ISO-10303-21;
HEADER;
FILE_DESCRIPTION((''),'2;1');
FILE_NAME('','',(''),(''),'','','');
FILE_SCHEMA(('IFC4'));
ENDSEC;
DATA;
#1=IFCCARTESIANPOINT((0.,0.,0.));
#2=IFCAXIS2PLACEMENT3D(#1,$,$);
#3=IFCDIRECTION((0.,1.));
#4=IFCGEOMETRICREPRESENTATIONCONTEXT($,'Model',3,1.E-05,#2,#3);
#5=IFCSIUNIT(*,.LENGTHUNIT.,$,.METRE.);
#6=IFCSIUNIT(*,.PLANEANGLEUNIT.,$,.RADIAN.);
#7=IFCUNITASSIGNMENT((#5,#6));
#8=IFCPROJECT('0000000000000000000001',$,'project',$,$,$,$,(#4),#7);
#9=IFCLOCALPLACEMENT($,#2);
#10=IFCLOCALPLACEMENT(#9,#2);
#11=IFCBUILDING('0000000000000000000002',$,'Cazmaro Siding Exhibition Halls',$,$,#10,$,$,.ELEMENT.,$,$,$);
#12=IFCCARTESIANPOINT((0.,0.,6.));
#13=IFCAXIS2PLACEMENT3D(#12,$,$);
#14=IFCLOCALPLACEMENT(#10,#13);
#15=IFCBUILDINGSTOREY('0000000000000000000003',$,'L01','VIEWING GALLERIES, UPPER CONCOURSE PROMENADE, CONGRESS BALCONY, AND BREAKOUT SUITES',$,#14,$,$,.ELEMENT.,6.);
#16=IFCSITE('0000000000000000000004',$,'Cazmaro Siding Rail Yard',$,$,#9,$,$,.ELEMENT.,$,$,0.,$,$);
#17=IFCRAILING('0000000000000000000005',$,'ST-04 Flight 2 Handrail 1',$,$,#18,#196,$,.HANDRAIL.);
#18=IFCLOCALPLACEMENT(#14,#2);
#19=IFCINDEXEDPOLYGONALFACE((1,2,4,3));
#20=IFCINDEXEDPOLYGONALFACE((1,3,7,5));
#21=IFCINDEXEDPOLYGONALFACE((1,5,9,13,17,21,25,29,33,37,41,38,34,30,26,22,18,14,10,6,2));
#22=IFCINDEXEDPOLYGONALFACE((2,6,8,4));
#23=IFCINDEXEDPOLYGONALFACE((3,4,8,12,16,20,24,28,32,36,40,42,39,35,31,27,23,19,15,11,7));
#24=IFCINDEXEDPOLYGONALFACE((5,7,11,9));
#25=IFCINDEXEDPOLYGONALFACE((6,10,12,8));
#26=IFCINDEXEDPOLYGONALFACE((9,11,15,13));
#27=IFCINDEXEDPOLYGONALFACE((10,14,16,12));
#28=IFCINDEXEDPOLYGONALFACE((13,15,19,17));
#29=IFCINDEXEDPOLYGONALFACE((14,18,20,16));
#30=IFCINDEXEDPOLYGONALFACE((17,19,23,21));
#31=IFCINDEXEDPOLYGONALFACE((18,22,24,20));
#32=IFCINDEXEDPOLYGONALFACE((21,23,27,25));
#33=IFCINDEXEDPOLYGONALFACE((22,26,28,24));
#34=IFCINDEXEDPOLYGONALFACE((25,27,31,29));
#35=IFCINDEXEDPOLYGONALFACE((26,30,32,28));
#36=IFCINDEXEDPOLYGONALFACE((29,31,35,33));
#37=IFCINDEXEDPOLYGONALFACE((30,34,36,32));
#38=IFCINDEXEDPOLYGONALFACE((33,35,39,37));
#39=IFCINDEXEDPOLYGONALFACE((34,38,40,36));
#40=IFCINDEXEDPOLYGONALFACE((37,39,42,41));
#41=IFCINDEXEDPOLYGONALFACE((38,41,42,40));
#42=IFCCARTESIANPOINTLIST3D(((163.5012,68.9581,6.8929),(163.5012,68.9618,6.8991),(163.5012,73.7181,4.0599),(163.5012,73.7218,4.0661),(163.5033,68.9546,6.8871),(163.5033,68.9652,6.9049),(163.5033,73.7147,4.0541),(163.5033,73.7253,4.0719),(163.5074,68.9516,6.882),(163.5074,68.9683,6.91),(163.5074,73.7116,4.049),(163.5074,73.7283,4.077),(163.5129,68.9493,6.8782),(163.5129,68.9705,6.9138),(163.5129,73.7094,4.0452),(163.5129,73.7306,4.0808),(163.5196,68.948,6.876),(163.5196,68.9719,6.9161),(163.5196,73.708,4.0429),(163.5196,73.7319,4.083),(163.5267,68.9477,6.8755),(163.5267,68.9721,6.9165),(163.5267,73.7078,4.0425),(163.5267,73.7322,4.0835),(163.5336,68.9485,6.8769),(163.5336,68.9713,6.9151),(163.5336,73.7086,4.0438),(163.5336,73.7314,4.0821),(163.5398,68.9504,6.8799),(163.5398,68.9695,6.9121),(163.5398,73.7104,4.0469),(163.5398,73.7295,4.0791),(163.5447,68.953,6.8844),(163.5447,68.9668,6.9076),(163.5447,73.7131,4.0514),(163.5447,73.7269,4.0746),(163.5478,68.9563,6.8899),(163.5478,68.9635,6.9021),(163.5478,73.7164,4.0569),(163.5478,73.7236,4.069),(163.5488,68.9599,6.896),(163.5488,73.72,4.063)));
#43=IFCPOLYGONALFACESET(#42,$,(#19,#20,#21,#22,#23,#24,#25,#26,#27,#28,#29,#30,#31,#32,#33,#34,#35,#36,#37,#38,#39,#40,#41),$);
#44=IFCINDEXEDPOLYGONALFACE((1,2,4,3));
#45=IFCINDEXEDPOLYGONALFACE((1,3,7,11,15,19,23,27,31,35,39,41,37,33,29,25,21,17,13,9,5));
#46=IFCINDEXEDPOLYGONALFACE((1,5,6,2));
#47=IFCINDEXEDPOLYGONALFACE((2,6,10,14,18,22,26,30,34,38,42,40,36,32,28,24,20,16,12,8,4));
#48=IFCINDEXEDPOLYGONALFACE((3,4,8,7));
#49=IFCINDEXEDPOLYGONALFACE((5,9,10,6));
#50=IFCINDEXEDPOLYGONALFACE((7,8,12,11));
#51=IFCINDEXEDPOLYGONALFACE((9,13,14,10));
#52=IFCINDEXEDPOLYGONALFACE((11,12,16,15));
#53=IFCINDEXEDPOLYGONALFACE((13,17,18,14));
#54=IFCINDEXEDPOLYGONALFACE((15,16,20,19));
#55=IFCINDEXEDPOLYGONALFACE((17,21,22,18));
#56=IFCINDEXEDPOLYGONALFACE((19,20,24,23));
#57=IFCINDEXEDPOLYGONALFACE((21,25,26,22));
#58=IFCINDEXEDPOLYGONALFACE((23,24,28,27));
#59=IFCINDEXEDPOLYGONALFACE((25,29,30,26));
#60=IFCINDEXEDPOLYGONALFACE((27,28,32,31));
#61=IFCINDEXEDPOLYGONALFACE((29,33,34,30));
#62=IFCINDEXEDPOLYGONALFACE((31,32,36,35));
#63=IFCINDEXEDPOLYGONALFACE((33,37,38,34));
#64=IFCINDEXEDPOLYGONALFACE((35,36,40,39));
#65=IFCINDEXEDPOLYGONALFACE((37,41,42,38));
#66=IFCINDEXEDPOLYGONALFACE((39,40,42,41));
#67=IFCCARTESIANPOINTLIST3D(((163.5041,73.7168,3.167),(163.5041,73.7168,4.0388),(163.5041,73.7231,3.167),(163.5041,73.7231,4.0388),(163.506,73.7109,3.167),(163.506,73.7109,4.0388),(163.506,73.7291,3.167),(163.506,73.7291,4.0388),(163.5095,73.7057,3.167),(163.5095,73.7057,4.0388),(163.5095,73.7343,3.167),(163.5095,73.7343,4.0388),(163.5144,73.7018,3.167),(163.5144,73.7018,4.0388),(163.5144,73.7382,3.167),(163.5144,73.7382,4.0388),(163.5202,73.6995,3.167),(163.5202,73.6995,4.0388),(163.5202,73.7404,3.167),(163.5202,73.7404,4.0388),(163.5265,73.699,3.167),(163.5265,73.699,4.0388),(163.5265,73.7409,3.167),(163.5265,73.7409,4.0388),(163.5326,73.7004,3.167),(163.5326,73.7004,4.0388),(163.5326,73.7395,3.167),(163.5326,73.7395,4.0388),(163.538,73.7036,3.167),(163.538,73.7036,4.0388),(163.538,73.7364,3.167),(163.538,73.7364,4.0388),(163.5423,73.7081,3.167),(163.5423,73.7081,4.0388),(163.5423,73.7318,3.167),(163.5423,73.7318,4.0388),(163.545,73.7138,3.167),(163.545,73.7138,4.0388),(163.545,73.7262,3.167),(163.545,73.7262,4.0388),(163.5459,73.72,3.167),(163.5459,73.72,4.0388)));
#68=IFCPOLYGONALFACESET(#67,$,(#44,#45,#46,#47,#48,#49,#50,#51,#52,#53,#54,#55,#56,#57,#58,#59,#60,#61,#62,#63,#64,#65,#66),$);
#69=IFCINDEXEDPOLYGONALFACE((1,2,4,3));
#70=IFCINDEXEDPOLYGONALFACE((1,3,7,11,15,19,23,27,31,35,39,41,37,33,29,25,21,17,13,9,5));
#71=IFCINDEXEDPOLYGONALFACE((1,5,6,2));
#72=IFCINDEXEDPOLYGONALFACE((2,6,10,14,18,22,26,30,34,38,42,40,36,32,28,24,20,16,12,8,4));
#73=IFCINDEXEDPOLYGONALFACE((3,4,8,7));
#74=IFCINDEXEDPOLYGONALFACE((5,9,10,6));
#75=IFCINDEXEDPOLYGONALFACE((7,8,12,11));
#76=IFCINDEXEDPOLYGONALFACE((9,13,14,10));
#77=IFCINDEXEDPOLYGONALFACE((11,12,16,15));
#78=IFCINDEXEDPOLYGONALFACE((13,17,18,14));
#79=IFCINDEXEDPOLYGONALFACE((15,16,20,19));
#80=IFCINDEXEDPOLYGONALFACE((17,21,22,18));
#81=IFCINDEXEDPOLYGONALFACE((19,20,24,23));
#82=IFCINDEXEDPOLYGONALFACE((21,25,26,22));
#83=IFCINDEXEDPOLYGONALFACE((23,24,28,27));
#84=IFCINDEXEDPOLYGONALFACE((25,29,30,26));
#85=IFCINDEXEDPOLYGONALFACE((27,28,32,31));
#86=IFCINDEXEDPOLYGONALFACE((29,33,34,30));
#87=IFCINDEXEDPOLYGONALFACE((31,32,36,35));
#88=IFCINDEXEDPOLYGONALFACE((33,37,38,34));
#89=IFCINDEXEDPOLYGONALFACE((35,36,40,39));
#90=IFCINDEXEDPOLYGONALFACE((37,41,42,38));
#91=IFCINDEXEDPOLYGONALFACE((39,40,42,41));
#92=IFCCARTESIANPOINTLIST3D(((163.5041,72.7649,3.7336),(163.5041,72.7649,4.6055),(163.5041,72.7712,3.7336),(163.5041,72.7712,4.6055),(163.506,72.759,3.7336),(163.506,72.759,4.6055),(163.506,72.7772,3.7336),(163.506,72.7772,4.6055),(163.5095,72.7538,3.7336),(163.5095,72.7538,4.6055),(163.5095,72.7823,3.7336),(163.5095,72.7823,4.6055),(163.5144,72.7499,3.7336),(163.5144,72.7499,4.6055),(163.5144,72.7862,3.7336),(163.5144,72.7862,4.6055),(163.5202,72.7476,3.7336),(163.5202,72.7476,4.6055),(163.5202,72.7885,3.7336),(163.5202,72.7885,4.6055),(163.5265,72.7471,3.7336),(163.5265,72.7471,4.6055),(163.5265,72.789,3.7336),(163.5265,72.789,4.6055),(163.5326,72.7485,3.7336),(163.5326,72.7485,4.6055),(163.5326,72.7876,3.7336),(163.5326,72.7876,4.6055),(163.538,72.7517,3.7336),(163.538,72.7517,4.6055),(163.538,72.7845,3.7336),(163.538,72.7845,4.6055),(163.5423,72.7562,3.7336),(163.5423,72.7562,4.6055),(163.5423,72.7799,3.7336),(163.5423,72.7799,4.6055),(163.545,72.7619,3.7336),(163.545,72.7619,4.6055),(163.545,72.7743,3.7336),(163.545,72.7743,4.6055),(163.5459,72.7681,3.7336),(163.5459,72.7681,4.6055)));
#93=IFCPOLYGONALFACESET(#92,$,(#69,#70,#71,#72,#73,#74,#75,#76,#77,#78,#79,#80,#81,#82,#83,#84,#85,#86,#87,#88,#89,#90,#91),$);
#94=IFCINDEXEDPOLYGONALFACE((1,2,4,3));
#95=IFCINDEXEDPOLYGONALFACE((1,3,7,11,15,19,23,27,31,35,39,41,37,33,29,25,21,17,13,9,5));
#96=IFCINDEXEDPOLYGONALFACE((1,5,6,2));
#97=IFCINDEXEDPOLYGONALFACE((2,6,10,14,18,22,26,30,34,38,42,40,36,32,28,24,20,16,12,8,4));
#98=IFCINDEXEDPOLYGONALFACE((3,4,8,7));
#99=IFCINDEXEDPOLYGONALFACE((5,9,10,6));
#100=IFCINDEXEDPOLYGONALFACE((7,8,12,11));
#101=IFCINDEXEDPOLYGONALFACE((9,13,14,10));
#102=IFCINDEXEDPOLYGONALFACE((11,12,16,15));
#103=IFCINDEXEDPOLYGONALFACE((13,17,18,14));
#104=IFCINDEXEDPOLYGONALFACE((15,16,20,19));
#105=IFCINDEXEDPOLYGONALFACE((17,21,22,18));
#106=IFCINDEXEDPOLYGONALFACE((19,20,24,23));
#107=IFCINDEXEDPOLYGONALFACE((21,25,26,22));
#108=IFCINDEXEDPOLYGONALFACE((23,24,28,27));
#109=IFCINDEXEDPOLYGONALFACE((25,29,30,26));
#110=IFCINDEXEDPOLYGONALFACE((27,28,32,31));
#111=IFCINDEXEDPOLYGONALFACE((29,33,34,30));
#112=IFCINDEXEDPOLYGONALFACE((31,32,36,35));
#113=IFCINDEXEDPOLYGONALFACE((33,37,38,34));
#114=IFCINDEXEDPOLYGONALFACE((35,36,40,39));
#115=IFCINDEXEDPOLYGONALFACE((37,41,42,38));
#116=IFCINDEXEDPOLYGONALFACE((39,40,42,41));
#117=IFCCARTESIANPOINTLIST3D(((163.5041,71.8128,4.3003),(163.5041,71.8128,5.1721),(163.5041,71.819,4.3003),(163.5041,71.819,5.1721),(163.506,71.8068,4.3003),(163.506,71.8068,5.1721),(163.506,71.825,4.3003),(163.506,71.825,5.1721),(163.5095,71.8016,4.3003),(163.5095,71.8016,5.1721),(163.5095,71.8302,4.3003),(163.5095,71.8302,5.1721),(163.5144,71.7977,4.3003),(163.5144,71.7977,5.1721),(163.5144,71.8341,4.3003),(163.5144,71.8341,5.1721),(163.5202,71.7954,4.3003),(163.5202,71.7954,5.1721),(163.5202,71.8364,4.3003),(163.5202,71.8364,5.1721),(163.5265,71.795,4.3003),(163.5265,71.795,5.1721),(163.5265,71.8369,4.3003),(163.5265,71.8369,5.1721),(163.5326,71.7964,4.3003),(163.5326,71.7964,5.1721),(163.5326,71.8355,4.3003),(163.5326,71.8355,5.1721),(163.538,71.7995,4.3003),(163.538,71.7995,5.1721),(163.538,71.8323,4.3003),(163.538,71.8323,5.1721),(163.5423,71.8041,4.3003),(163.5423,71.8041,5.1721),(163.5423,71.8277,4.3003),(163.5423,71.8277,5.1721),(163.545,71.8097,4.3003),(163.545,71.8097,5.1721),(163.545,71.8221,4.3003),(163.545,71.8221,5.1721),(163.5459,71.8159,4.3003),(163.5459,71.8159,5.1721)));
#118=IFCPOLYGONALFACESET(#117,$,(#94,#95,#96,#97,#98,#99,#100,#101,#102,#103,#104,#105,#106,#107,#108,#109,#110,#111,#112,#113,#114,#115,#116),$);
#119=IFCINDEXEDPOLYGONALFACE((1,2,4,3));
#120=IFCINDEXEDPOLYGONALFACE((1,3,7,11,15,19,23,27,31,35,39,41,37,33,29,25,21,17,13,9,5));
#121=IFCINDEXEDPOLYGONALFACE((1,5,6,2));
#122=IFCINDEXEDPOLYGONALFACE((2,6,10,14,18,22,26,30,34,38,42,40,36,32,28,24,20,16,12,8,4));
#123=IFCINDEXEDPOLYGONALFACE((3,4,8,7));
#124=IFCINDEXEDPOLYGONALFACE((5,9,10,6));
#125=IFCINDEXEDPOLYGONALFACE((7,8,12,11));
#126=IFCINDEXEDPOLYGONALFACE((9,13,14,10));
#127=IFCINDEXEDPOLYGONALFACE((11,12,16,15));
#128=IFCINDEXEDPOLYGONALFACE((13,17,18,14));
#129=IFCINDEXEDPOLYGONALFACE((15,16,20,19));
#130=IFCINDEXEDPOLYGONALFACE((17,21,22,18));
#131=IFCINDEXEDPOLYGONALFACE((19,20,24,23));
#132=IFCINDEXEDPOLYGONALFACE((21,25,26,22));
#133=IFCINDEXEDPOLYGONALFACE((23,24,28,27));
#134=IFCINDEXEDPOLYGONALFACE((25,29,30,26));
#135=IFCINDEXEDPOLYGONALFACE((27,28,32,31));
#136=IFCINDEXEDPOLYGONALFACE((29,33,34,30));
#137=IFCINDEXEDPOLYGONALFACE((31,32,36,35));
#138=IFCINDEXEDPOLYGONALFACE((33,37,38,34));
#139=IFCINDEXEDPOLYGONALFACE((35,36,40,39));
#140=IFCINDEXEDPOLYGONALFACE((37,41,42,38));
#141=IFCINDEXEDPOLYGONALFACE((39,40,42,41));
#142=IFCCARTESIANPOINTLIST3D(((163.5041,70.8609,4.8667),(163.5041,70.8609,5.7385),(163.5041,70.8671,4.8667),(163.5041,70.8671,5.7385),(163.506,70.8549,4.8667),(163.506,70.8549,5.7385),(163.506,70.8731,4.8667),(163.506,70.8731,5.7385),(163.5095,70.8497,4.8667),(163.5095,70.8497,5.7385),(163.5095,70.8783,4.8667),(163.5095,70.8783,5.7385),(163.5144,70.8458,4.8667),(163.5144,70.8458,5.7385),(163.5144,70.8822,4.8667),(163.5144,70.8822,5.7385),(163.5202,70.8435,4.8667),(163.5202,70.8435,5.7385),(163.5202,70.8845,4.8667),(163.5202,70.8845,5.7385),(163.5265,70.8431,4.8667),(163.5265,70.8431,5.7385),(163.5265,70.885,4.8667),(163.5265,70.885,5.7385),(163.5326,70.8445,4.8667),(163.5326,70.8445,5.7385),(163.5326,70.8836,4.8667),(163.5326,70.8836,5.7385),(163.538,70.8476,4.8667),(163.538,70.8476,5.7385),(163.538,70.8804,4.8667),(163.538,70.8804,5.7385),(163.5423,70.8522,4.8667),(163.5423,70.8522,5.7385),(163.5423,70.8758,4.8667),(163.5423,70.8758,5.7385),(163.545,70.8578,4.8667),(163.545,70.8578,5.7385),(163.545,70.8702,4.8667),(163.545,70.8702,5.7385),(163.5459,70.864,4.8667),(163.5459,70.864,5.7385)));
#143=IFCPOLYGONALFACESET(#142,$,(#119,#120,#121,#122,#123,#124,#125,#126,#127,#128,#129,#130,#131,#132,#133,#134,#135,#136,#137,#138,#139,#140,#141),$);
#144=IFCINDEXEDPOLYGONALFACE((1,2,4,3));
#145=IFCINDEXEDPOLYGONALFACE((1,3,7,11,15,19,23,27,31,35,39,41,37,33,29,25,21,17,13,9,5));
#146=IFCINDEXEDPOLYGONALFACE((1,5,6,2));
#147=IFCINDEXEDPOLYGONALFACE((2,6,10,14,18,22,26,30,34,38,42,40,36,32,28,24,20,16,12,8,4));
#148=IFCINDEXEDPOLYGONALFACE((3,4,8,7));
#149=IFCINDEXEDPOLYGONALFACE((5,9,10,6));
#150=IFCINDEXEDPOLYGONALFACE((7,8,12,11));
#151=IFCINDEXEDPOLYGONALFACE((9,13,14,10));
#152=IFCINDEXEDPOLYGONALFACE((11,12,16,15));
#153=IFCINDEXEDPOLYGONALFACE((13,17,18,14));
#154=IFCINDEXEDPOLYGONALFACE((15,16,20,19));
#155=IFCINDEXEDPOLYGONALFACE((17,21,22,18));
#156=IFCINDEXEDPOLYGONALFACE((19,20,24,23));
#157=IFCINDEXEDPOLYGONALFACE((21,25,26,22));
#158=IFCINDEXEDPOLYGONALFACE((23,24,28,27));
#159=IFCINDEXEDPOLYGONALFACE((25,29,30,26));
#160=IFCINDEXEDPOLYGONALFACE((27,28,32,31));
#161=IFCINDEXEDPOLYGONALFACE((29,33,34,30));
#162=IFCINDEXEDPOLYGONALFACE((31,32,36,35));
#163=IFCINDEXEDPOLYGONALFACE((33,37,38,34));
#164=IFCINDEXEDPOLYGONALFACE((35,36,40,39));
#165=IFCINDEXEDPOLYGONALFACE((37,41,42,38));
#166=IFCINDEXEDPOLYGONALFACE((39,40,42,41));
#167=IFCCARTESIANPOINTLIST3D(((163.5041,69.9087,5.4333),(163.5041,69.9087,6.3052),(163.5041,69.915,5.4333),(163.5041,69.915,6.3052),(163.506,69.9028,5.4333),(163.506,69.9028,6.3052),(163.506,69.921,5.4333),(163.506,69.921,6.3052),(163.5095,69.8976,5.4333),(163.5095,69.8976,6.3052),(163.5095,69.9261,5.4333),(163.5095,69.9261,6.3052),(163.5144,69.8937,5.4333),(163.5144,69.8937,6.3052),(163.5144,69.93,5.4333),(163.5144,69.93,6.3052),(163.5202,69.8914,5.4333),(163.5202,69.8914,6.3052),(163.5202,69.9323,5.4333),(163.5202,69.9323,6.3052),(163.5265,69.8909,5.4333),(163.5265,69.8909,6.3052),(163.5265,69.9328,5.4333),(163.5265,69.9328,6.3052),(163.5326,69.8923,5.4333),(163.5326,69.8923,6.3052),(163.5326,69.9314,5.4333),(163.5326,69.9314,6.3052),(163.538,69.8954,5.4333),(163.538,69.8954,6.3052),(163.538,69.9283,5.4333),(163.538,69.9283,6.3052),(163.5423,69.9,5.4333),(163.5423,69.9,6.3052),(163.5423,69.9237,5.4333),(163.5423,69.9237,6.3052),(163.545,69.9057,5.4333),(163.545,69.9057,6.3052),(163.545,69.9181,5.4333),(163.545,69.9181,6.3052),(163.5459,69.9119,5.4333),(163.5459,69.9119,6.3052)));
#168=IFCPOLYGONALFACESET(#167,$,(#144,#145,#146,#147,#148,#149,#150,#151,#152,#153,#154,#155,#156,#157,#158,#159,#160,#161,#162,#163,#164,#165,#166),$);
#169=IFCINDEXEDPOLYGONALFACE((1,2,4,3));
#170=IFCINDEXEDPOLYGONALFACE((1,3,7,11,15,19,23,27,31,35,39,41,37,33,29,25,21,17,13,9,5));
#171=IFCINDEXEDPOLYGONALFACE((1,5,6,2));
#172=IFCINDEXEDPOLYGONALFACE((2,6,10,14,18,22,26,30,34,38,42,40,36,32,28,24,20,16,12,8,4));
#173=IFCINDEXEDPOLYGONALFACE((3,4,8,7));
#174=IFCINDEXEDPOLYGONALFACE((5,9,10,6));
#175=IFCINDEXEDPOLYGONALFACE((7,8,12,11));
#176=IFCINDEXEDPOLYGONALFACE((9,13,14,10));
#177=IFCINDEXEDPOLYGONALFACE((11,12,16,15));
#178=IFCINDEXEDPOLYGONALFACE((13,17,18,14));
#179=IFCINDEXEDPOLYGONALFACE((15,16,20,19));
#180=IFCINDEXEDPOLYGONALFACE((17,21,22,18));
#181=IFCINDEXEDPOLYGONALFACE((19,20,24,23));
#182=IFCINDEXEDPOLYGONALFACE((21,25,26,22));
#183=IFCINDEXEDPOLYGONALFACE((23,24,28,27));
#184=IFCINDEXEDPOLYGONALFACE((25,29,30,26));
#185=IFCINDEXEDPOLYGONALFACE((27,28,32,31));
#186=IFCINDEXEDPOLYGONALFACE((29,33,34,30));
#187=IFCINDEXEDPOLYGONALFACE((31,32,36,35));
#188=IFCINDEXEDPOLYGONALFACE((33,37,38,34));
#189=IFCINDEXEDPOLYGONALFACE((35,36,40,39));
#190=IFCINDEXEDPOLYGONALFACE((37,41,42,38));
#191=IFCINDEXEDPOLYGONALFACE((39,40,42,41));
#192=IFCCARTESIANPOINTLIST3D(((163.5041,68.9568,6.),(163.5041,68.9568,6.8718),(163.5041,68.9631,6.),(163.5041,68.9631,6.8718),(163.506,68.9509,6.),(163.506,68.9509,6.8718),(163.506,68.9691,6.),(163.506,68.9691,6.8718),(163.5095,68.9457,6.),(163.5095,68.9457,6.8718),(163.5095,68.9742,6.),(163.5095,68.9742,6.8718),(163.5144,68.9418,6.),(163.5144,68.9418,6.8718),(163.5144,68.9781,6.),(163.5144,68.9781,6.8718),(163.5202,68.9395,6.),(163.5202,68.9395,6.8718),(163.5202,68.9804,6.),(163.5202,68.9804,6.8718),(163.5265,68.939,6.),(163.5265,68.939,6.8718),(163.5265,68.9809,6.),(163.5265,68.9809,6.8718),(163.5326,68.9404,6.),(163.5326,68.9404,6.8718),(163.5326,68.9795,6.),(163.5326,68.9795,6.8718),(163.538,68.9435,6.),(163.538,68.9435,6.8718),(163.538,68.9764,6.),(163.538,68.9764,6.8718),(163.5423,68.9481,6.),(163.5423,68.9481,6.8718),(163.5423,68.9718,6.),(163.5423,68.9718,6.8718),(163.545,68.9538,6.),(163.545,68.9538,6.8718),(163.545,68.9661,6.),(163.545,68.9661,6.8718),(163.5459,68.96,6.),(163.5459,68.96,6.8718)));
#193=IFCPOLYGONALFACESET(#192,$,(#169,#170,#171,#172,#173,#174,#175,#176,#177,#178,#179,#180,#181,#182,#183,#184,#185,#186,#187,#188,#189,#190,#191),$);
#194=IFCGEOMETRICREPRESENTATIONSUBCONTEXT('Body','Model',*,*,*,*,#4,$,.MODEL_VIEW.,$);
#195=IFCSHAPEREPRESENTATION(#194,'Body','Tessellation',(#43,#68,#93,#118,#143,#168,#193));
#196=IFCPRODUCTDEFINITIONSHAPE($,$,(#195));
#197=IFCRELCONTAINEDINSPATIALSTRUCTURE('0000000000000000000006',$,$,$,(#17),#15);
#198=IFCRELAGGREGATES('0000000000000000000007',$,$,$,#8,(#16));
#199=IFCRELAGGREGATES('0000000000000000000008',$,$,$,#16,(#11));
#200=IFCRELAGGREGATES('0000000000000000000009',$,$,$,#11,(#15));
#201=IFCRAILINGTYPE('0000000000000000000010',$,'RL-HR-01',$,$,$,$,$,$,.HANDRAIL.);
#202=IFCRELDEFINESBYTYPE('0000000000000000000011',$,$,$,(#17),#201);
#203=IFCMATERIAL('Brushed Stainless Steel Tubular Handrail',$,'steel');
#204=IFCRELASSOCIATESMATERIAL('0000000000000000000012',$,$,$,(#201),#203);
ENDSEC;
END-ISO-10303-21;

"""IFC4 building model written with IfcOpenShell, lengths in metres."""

from ifc_helpers import new_model, si_unit, direction, frame, origin, origin_2d, place, context, subcontext, project, spatial, circle, extrude, material, type_object, element, save


model = new_model("IFC4")

# Units and contexts
model_context = context("Model", 3, precision=1e-05, world=origin(), true_north=direction((0.0, 1.0)))
body_context = subcontext(model_context, "Body", "Model", "MODEL_VIEW")
ifc_project = project(units=[si_unit("LENGTHUNIT", "METRE"), si_unit("PLANEANGLEUNIT", "RADIAN")], contexts=[model_context])

# Site, building, storey
site_placement = place(None, origin())
site = spatial("IfcSite", under=ifc_project, at=site_placement, Name="Cazmaro Siding Rail Yard", CompositionType="ELEMENT", RefElevation=0.0)
building_placement = place(site_placement, origin())
building = spatial("IfcBuilding", under=site, at=building_placement, Name="Cazmaro Siding Exhibition Halls", CompositionType="ELEMENT")
storey_placement = place(building_placement, frame((0.0, 0.0, 6.0)))
storey = spatial("IfcBuildingStorey", under=building, at=storey_placement, Name="L01", Description="VIEWING GALLERIES, UPPER CONCOURSE PROMENADE, CONGRESS BALCONY, AND BREAKOUT SUITES", CompositionType="ELEMENT", Elevation=6.0)

# Railing
ifc_material_1 = material(Name="Brushed Stainless Steel Tubular Handrail", Category="steel")
railing_type_1 = type_object("IfcRailingType", Name="RL-HR-01", PredefinedType="HANDRAIL", material=ifc_material_1)
for number, where, name in (
    (1, (163.5249, 73.72, 3.167), "ST-04 Flight 2 Handrail 1"),
):
    element("IfcRailing", number, at=place(storey_placement, frame(where)), inside=storey, type_object=railing_type_1, Name=name, PredefinedType="HANDRAIL", context=body_context, shape_type="SweptSolid", body=[
        extrude(circle(Radius=0.0239, at=origin_2d()), frame((0.0, 0.0, 0.896), z_axis=(0.0, -0.859319, 0.51144), x_axis=(1.0, 0.0, 0.0)), (0.0, 0.0, 1.0), 5.5393),
        extrude(circle(Radius=0.021, at=origin_2d()), origin(), (0.0, 0.0, 1.0), 0.8718),
        extrude(circle(Radius=0.021, at=origin_2d()), frame((0.0, -0.9519, 0.5667)), (0.0, 0.0, 1.0), 0.8718),
        extrude(circle(Radius=0.021, at=origin_2d()), frame((0.0, -1.9041, 1.1333)), (0.0, 0.0, 1.0), 0.8718),
        extrude(circle(Radius=0.021, at=origin_2d()), frame((0.0, -2.856, 1.6997)), (0.0, 0.0, 1.0), 0.8718),
        extrude(circle(Radius=0.021, at=origin_2d()), frame((0.0, -3.8081, 2.2664)), (0.0, 0.0, 1.0), 0.8718),
        extrude(circle(Radius=0.021, at=origin_2d()), frame((0.0, -4.76, 2.833)), (0.0, 0.0, 1.0), 0.8718),
    ])

save(model, "model.ifc")
